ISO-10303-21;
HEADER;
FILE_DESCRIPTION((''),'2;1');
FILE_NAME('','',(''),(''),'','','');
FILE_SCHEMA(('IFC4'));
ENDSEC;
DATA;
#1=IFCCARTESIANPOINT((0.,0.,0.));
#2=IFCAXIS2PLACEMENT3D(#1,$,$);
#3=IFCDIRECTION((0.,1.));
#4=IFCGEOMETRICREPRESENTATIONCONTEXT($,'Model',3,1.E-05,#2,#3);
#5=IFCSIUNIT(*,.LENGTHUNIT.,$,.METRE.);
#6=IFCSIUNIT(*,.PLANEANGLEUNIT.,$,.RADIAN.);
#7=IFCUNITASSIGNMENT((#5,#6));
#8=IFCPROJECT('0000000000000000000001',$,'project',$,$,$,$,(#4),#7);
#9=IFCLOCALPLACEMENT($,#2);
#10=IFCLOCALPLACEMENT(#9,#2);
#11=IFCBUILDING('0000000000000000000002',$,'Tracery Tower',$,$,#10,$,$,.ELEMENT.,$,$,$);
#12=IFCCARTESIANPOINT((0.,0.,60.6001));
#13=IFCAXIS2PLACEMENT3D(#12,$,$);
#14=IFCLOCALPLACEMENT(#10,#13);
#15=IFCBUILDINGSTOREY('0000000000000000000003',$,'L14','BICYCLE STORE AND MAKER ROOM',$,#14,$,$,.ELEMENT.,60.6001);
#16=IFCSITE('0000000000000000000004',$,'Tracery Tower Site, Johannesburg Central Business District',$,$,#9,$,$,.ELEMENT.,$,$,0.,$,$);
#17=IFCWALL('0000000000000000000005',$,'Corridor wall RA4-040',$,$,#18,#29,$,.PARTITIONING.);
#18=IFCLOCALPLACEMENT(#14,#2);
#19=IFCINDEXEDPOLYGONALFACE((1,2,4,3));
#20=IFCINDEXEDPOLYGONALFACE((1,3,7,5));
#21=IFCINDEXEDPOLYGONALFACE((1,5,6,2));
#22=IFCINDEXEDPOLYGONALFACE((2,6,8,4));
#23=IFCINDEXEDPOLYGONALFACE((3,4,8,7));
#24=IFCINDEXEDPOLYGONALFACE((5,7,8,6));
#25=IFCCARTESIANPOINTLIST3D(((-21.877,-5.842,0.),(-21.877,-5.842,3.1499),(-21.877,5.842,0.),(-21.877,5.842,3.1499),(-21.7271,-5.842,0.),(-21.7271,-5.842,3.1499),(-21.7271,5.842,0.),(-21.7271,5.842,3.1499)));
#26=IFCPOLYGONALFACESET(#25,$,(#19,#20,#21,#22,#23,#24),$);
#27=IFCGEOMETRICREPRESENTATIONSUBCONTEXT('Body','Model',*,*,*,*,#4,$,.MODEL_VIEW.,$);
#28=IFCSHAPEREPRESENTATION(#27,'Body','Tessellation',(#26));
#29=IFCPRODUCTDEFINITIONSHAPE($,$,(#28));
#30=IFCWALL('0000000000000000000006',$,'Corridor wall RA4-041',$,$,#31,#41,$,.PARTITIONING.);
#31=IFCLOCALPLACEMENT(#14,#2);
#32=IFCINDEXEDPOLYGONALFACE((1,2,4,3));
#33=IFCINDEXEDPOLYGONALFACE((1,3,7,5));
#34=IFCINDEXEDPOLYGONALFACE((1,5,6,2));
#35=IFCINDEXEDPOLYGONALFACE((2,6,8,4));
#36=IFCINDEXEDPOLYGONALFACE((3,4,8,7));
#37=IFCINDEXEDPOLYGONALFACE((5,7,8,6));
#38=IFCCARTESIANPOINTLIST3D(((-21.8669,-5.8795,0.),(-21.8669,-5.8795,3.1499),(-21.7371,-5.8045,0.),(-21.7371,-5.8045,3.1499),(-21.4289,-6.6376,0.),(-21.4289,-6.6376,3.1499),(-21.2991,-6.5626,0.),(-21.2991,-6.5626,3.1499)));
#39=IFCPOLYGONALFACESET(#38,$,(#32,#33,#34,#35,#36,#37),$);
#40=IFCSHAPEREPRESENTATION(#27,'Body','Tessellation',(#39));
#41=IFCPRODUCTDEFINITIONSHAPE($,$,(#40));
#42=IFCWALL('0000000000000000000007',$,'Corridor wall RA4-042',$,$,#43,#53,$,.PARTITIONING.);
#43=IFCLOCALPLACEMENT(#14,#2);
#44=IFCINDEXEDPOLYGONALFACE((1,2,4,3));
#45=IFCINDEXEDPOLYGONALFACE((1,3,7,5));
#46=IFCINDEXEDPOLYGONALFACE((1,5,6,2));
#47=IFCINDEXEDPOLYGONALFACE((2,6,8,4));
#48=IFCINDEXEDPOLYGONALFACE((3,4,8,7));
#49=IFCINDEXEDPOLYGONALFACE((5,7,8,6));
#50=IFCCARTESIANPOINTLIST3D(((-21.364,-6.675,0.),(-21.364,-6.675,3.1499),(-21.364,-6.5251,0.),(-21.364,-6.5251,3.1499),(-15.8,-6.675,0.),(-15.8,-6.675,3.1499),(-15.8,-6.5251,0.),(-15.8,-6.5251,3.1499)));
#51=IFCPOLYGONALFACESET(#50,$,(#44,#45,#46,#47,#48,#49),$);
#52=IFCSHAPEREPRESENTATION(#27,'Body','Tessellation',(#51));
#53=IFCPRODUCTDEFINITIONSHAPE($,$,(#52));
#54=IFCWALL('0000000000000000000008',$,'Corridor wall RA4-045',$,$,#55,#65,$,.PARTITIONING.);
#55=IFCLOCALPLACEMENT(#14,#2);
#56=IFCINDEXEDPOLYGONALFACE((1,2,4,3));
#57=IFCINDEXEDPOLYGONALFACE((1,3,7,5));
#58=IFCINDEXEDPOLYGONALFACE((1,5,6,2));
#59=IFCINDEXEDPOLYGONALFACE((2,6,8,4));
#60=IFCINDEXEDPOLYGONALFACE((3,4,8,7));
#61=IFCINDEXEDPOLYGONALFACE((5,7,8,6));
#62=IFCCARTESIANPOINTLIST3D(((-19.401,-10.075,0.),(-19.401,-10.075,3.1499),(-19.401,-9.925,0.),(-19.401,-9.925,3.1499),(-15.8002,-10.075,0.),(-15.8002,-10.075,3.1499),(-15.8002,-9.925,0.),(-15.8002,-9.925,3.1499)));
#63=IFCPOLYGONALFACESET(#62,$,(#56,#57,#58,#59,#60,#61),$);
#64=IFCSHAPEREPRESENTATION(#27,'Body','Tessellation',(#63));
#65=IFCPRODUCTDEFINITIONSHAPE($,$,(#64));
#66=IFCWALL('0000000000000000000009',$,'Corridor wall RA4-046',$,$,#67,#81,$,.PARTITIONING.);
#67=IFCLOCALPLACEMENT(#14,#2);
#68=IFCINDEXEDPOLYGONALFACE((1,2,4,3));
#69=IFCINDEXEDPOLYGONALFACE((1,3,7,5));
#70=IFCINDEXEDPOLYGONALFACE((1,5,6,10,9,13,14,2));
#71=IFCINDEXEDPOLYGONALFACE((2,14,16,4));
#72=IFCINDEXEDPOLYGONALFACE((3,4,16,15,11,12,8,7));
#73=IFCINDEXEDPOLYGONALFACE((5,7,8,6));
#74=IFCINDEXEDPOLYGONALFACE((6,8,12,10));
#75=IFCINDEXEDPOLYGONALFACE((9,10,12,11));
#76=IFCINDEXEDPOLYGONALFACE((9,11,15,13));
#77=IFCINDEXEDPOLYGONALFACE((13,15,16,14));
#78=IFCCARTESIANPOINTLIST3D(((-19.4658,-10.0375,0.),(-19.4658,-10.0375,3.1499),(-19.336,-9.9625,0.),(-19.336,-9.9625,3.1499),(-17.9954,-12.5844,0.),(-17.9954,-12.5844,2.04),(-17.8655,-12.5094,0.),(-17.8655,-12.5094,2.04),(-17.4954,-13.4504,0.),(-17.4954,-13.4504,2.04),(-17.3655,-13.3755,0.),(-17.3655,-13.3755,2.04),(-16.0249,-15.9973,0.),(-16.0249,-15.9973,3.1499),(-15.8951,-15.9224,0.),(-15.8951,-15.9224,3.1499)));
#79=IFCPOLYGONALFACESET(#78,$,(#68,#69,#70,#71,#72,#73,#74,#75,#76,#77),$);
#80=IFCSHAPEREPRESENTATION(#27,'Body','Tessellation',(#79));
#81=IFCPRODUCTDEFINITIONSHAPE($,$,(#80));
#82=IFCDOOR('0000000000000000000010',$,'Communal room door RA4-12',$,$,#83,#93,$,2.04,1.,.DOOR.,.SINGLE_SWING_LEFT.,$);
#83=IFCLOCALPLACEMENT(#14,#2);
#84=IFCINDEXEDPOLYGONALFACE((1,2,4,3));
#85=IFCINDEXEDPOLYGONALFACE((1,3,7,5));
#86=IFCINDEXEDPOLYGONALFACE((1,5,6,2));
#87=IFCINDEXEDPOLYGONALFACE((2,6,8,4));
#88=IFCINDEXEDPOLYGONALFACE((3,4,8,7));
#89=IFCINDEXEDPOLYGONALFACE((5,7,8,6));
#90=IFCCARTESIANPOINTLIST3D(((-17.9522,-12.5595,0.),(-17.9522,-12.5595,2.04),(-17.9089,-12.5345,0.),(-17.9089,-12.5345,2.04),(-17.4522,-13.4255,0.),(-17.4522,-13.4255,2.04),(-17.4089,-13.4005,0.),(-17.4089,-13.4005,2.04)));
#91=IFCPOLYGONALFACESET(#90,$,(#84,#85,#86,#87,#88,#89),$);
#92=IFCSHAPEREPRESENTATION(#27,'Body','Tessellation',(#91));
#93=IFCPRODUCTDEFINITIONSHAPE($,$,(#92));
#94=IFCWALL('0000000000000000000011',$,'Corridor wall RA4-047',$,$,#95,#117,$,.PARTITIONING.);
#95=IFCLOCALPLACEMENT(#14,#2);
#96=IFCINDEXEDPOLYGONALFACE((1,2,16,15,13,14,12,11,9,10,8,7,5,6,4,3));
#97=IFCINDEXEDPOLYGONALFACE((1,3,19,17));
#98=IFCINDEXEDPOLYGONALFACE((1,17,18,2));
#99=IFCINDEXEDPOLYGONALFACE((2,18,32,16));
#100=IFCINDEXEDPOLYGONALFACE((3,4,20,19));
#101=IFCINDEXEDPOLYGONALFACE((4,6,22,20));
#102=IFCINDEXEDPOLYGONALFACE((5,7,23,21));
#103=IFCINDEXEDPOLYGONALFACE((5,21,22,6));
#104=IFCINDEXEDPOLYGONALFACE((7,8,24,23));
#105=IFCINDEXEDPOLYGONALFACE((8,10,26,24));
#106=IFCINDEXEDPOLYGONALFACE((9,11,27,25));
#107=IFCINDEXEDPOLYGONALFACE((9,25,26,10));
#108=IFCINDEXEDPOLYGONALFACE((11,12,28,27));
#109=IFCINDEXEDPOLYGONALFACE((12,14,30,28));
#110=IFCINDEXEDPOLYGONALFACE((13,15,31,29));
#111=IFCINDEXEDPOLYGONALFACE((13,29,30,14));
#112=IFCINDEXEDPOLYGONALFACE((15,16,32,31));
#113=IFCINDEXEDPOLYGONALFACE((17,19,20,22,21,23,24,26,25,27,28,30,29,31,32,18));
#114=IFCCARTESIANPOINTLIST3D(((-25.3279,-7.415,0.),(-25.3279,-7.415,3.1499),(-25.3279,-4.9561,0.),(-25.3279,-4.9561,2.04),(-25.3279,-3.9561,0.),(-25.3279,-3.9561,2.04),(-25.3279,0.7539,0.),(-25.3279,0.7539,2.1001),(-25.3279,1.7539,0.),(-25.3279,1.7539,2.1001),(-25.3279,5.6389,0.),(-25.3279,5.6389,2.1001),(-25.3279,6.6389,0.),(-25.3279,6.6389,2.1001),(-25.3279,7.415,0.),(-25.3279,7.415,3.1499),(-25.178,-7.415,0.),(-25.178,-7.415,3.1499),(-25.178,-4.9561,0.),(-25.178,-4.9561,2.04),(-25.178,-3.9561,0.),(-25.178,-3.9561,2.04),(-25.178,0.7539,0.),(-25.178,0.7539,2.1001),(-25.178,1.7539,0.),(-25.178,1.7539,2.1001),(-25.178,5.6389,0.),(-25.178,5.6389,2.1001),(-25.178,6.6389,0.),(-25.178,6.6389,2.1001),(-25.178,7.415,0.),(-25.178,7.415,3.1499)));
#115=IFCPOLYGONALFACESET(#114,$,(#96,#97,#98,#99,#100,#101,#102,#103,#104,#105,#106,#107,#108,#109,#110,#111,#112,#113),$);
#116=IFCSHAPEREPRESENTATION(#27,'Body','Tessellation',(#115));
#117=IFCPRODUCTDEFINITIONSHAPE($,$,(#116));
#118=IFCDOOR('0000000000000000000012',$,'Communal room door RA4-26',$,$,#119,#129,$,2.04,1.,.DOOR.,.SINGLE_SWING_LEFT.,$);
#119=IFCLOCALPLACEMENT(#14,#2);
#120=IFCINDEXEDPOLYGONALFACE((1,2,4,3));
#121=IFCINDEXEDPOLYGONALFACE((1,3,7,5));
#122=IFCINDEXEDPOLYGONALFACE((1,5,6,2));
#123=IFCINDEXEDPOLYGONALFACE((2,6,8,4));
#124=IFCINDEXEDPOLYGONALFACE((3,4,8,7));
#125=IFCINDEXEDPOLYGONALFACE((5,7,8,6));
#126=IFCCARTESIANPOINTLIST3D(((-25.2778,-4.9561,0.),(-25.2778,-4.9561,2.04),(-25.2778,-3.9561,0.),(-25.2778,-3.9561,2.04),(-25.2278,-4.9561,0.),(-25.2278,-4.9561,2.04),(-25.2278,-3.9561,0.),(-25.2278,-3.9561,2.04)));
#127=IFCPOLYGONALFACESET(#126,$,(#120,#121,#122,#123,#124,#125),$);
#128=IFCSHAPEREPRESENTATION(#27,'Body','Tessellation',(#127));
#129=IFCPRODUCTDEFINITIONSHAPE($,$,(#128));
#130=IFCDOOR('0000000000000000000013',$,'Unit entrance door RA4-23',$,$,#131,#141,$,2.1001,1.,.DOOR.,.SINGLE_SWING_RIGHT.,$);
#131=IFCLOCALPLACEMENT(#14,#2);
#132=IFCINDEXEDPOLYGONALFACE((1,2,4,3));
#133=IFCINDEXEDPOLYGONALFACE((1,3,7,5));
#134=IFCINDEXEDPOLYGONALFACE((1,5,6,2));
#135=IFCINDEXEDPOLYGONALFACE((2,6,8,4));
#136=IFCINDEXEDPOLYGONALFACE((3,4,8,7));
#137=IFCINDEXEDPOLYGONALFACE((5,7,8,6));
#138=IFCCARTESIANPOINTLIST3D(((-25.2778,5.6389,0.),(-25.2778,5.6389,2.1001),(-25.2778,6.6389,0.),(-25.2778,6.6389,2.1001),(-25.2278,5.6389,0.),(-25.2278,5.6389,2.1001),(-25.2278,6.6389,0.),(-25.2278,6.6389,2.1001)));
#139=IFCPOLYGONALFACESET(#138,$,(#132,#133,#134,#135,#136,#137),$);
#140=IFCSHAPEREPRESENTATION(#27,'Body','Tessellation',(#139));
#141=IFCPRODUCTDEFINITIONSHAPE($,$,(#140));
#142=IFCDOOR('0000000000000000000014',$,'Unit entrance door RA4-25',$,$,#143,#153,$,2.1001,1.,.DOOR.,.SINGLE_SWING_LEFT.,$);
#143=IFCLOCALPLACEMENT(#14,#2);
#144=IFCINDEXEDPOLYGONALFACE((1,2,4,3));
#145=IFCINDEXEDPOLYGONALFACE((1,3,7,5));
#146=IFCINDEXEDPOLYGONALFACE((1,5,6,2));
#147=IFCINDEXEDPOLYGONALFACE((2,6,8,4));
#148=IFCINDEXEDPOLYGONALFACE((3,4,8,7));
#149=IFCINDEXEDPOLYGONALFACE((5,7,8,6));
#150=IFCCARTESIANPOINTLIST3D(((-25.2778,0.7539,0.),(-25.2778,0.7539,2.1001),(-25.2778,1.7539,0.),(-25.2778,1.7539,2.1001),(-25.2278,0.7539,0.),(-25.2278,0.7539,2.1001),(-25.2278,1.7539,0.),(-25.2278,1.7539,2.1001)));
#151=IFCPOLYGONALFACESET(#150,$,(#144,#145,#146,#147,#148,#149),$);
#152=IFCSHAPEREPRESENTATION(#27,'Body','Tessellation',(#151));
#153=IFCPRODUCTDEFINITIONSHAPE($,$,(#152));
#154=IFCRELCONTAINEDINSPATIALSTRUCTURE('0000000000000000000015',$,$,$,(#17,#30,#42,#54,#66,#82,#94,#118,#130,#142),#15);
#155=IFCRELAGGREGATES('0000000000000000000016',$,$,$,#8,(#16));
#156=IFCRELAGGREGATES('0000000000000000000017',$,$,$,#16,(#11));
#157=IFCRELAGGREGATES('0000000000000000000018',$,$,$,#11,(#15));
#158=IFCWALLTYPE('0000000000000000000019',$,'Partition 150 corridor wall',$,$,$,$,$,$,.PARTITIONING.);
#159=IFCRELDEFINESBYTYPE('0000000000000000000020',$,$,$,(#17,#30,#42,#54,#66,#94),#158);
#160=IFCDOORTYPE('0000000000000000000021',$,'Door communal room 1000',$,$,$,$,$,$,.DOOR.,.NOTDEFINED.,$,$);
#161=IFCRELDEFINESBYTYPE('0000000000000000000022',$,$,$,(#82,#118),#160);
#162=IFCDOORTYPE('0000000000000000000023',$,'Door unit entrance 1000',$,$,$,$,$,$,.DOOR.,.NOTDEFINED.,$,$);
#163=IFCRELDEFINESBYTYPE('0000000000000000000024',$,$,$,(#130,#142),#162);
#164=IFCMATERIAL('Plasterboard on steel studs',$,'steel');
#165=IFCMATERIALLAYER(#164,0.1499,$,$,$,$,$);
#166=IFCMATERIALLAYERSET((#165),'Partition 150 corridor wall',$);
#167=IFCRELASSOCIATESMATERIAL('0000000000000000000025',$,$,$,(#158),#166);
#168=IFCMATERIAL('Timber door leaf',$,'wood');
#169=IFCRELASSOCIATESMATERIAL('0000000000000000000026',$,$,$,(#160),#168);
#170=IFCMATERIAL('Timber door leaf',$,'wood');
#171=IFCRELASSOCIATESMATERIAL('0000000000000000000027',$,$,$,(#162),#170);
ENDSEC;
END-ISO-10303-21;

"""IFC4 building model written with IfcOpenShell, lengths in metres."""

from ifc_helpers import new_model, si_unit, direction, frame, frame_2d, origin, place, context, subcontext, project, spatial, rectangle, extrude, material, layer, layer_set, type_object, element, fill, save


model = new_model("IFC4")

# Units and contexts
model_context = context("Model", 3, precision=1e-05, world=origin(), true_north=direction((0.0, 1.0)))
body_context = subcontext(model_context, "Body", "Model", "MODEL_VIEW")
ifc_project = project(units=[si_unit("LENGTHUNIT", "METRE"), si_unit("PLANEANGLEUNIT", "RADIAN")], contexts=[model_context])

# Site, building, storey
site_placement = place(None, origin())
site = spatial("IfcSite", under=ifc_project, at=site_placement, Name="Tracery Tower Site, Johannesburg Central Business District", CompositionType="ELEMENT", RefElevation=0.0)
building_placement = place(site_placement, origin())
building = spatial("IfcBuilding", under=site, at=building_placement, Name="Tracery Tower", CompositionType="ELEMENT")
storey_placement = place(building_placement, frame((0.0, 0.0, 60.6001)))
storey = spatial("IfcBuildingStorey", under=building, at=storey_placement, Name="L14", Description="BICYCLE STORE AND MAKER ROOM", CompositionType="ELEMENT", Elevation=60.6001)

# Shared definitions
ifc_material_1 = material(Name="Plasterboard on steel studs", Category="steel")
ifc_layer_1 = layer(ifc_material_1, 0.1499)
ifc_layer_set_1 = layer_set([ifc_layer_1], Name="Partition 150 corridor wall")
wall_type_1 = type_object("IfcWallType", Name="Partition 150 corridor wall", PredefinedType="PARTITIONING", material=ifc_layer_set_1)

# Shared definitions
ifc_material_2 = material(Name="Timber door leaf", Category="wood")
door_type_1 = type_object("IfcDoorType", Name="Door communal room 1000", OperationType="NOTDEFINED", PredefinedType="DOOR", material=ifc_material_2)

# Walls
wall_1_placement = place(storey_placement, frame((-21.802, -5.842, 0.0), z_axis=(0.0, 0.0, 1.0), x_axis=(0.0, 1.0, 0.0)))
element("IfcWall", 1, at=wall_1_placement, inside=storey, type_object=wall_type_1, Name="Corridor wall RA4-040", PredefinedType="PARTITIONING", context=body_context, shape_type="SweptSolid", body=[
    extrude(rectangle(XDim=11.6841, YDim=0.1499, at=frame_2d((5.842, 0.0))), origin(), (0.0, 0.0, 1.0), 3.1499),
])
wall_2_placement = place(storey_placement, frame((-21.802, -5.842, 0.0), z_axis=(0.0, 0.0, 1.0), x_axis=(0.500278, -0.865865, 0.0)))
element("IfcWall", 2, at=wall_2_placement, inside=storey, type_object=wall_type_1, Name="Corridor wall RA4-041", PredefinedType="PARTITIONING", context=body_context, shape_type="SweptSolid", body=[
    extrude(rectangle(XDim=0.8755, YDim=0.1499, at=frame_2d((0.4377, 0.0))), origin(), (0.0, 0.0, 1.0), 3.1499),
])
wall_3_placement = place(storey_placement, frame((-21.364, -6.6001, 0.0), z_axis=(0.0, 0.0, 1.0), x_axis=(1.0, 0.0, 0.0)))
element("IfcWall", 3, at=wall_3_placement, inside=storey, type_object=wall_type_1, Name="Corridor wall RA4-042", PredefinedType="PARTITIONING", context=body_context, shape_type="SweptSolid", body=[
    extrude(rectangle(XDim=5.564, YDim=0.1499, at=frame_2d((2.782, 0.0))), origin(), (0.0, 0.0, 1.0), 3.1499),
])
wall_4_placement = place(storey_placement, frame((-19.4009, -10.0, 0.0), z_axis=(0.0, 0.0, 1.0), x_axis=(1.0, 0.0, 0.0)))
element("IfcWall", 4, at=wall_4_placement, inside=storey, type_object=wall_type_1, Name="Corridor wall RA4-045", PredefinedType="PARTITIONING", context=body_context, shape_type="SweptSolid", body=[
    extrude(rectangle(XDim=3.6008, YDim=0.1499, at=frame_2d((1.8003, 0.0))), origin(), (0.0, 0.0, 1.0), 3.1499),
])

# Wall, opening, door
wall_5_placement = place(storey_placement, frame((-19.4009, -10.0, 0.0), z_axis=(0.0, 0.0, 1.0), x_axis=(0.499993, -0.86603, 0.0)))
wall_5 = element("IfcWall", 5, at=wall_5_placement, inside=storey, type_object=wall_type_1, Name="Corridor wall RA4-046", PredefinedType="PARTITIONING", context=body_context, shape_type="SweptSolid", body=[
    extrude(rectangle(XDim=6.8818, YDim=0.1499, at=frame_2d((3.4409, 0.0))), origin(), (0.0, 0.0, 1.0), 3.1499),
])
opening_1_placement = place(wall_5_placement, frame((2.9409, 0.0, 0.0)))
opening_1 = element("IfcOpeningElement", 6, at=opening_1_placement, cuts=wall_5, PredefinedType="OPENING", context=body_context, shape_type="SweptSolid", body=[
    extrude(rectangle(XDim=1.0, YDim=2.04, at=frame_2d((0.5, 1.02))), frame((0.0, 0.075, 0.0), z_axis=(0.0, -1.0, 0.0), x_axis=(1.0, 0.0, 0.0)), (0.0, 0.0, 1.0), 0.1499),
])
door_1_placement = place(opening_1_placement, origin())
door_1 = element("IfcDoor", 7, at=door_1_placement, inside=storey, type_object=door_type_1, Name="Communal room door RA4-12", OperationType="SINGLE_SWING_LEFT", OverallHeight=2.04, OverallWidth=1.0, PredefinedType="DOOR", context=body_context, shape_type="SweptSolid", body=[
    extrude(rectangle(XDim=1.0, YDim=2.04, at=frame_2d((0.5, 1.02))), frame((0.0, 0.0249, 0.0), z_axis=(0.0, -1.0, 0.0), x_axis=(1.0, 0.0, 0.0)), (0.0, 0.0, 1.0), 0.05),
])
fill(opening_1, door_1)

# Wall, openings, doors
wall_6_placement = place(storey_placement, frame((-25.2529, -7.415, 0.0), z_axis=(0.0, 0.0, 1.0), x_axis=(0.0, 1.0, 0.0)))
wall_6 = element("IfcWall", 8, at=wall_6_placement, inside=storey, type_object=wall_type_1, Name="Corridor wall RA4-047", PredefinedType="PARTITIONING", context=body_context, shape_type="SweptSolid", body=[
    extrude(rectangle(XDim=14.8301, YDim=0.1499, at=frame_2d((7.415, 0.0))), origin(), (0.0, 0.0, 1.0), 3.1499),
])
opening_2_placement = place(wall_6_placement, frame((13.054, 0.0, 0.0)))
opening_2 = element("IfcOpeningElement", 9, at=opening_2_placement, cuts=wall_6, PredefinedType="OPENING", context=body_context, shape_type="SweptSolid", body=[
    extrude(rectangle(XDim=1.0, YDim=2.1001, at=frame_2d((0.5, 1.05))), frame((0.0, 0.075, 0.0), z_axis=(0.0, -1.0, 0.0), x_axis=(1.0, 0.0, 0.0)), (0.0, 0.0, 1.0), 0.1499),
])
opening_3_placement = place(wall_6_placement, frame((8.1689, 0.0, 0.0)))
opening_3 = element("IfcOpeningElement", 10, at=opening_3_placement, cuts=wall_6, PredefinedType="OPENING", context=body_context, shape_type="SweptSolid", body=[
    extrude(rectangle(XDim=1.0, YDim=2.1001, at=frame_2d((0.5, 1.05))), frame((0.0, 0.075, 0.0), z_axis=(0.0, -1.0, 0.0), x_axis=(1.0, 0.0, 0.0)), (0.0, 0.0, 1.0), 0.1499),
])
opening_4_placement = place(wall_6_placement, frame((2.459, 0.0, 0.0)))
opening_4 = element("IfcOpeningElement", 11, at=opening_4_placement, cuts=wall_6, PredefinedType="OPENING", context=body_context, shape_type="SweptSolid", body=[
    extrude(rectangle(XDim=1.0, YDim=2.04, at=frame_2d((0.5, 1.02))), frame((0.0, 0.075, 0.0), z_axis=(0.0, -1.0, 0.0), x_axis=(1.0, 0.0, 0.0)), (0.0, 0.0, 1.0), 0.1499),
])
door_2_placement = place(opening_4_placement, origin())
door_2 = element("IfcDoor", 12, at=door_2_placement, inside=storey, type_object=door_type_1, Name="Communal room door RA4-26", OperationType="SINGLE_SWING_LEFT", OverallHeight=2.04, OverallWidth=1.0, PredefinedType="DOOR", context=body_context, shape_type="SweptSolid", body=[
    extrude(rectangle(XDim=1.0, YDim=2.04, at=frame_2d((0.5, 1.02))), frame((0.0, 0.0249, 0.0), z_axis=(0.0, -1.0, 0.0), x_axis=(1.0, 0.0, 0.0)), (0.0, 0.0, 1.0), 0.05),
])
fill(opening_4, door_2)
ifc_material_3 = material(Name="Timber door leaf", Category="wood")
door_type_2 = type_object("IfcDoorType", Name="Door unit entrance 1000", OperationType="NOTDEFINED", PredefinedType="DOOR", material=ifc_material_3)
door_3_placement = place(opening_2_placement, origin())
door_3 = element("IfcDoor", 13, at=door_3_placement, inside=storey, type_object=door_type_2, Name="Unit entrance door RA4-23", OperationType="SINGLE_SWING_RIGHT", OverallHeight=2.1001, OverallWidth=1.0, PredefinedType="DOOR", context=body_context, shape_type="SweptSolid", body=[
    extrude(rectangle(XDim=1.0, YDim=2.1001, at=frame_2d((0.5, 1.05))), frame((0.0, 0.0249, 0.0), z_axis=(0.0, -1.0, 0.0), x_axis=(1.0, 0.0, 0.0)), (0.0, 0.0, 1.0), 0.05),
])
fill(opening_2, door_3)
door_4_placement = place(opening_3_placement, origin())
door_4 = element("IfcDoor", 14, at=door_4_placement, inside=storey, type_object=door_type_2, Name="Unit entrance door RA4-25", OperationType="SINGLE_SWING_LEFT", OverallHeight=2.1001, OverallWidth=1.0, PredefinedType="DOOR", context=body_context, shape_type="SweptSolid", body=[
    extrude(rectangle(XDim=1.0, YDim=2.1001, at=frame_2d((0.5, 1.05))), frame((0.0, 0.0249, 0.0), z_axis=(0.0, -1.0, 0.0), x_axis=(1.0, 0.0, 0.0)), (0.0, 0.0, 1.0), 0.05),
])
fill(opening_3, door_4)

save(model, "model.ifc")
